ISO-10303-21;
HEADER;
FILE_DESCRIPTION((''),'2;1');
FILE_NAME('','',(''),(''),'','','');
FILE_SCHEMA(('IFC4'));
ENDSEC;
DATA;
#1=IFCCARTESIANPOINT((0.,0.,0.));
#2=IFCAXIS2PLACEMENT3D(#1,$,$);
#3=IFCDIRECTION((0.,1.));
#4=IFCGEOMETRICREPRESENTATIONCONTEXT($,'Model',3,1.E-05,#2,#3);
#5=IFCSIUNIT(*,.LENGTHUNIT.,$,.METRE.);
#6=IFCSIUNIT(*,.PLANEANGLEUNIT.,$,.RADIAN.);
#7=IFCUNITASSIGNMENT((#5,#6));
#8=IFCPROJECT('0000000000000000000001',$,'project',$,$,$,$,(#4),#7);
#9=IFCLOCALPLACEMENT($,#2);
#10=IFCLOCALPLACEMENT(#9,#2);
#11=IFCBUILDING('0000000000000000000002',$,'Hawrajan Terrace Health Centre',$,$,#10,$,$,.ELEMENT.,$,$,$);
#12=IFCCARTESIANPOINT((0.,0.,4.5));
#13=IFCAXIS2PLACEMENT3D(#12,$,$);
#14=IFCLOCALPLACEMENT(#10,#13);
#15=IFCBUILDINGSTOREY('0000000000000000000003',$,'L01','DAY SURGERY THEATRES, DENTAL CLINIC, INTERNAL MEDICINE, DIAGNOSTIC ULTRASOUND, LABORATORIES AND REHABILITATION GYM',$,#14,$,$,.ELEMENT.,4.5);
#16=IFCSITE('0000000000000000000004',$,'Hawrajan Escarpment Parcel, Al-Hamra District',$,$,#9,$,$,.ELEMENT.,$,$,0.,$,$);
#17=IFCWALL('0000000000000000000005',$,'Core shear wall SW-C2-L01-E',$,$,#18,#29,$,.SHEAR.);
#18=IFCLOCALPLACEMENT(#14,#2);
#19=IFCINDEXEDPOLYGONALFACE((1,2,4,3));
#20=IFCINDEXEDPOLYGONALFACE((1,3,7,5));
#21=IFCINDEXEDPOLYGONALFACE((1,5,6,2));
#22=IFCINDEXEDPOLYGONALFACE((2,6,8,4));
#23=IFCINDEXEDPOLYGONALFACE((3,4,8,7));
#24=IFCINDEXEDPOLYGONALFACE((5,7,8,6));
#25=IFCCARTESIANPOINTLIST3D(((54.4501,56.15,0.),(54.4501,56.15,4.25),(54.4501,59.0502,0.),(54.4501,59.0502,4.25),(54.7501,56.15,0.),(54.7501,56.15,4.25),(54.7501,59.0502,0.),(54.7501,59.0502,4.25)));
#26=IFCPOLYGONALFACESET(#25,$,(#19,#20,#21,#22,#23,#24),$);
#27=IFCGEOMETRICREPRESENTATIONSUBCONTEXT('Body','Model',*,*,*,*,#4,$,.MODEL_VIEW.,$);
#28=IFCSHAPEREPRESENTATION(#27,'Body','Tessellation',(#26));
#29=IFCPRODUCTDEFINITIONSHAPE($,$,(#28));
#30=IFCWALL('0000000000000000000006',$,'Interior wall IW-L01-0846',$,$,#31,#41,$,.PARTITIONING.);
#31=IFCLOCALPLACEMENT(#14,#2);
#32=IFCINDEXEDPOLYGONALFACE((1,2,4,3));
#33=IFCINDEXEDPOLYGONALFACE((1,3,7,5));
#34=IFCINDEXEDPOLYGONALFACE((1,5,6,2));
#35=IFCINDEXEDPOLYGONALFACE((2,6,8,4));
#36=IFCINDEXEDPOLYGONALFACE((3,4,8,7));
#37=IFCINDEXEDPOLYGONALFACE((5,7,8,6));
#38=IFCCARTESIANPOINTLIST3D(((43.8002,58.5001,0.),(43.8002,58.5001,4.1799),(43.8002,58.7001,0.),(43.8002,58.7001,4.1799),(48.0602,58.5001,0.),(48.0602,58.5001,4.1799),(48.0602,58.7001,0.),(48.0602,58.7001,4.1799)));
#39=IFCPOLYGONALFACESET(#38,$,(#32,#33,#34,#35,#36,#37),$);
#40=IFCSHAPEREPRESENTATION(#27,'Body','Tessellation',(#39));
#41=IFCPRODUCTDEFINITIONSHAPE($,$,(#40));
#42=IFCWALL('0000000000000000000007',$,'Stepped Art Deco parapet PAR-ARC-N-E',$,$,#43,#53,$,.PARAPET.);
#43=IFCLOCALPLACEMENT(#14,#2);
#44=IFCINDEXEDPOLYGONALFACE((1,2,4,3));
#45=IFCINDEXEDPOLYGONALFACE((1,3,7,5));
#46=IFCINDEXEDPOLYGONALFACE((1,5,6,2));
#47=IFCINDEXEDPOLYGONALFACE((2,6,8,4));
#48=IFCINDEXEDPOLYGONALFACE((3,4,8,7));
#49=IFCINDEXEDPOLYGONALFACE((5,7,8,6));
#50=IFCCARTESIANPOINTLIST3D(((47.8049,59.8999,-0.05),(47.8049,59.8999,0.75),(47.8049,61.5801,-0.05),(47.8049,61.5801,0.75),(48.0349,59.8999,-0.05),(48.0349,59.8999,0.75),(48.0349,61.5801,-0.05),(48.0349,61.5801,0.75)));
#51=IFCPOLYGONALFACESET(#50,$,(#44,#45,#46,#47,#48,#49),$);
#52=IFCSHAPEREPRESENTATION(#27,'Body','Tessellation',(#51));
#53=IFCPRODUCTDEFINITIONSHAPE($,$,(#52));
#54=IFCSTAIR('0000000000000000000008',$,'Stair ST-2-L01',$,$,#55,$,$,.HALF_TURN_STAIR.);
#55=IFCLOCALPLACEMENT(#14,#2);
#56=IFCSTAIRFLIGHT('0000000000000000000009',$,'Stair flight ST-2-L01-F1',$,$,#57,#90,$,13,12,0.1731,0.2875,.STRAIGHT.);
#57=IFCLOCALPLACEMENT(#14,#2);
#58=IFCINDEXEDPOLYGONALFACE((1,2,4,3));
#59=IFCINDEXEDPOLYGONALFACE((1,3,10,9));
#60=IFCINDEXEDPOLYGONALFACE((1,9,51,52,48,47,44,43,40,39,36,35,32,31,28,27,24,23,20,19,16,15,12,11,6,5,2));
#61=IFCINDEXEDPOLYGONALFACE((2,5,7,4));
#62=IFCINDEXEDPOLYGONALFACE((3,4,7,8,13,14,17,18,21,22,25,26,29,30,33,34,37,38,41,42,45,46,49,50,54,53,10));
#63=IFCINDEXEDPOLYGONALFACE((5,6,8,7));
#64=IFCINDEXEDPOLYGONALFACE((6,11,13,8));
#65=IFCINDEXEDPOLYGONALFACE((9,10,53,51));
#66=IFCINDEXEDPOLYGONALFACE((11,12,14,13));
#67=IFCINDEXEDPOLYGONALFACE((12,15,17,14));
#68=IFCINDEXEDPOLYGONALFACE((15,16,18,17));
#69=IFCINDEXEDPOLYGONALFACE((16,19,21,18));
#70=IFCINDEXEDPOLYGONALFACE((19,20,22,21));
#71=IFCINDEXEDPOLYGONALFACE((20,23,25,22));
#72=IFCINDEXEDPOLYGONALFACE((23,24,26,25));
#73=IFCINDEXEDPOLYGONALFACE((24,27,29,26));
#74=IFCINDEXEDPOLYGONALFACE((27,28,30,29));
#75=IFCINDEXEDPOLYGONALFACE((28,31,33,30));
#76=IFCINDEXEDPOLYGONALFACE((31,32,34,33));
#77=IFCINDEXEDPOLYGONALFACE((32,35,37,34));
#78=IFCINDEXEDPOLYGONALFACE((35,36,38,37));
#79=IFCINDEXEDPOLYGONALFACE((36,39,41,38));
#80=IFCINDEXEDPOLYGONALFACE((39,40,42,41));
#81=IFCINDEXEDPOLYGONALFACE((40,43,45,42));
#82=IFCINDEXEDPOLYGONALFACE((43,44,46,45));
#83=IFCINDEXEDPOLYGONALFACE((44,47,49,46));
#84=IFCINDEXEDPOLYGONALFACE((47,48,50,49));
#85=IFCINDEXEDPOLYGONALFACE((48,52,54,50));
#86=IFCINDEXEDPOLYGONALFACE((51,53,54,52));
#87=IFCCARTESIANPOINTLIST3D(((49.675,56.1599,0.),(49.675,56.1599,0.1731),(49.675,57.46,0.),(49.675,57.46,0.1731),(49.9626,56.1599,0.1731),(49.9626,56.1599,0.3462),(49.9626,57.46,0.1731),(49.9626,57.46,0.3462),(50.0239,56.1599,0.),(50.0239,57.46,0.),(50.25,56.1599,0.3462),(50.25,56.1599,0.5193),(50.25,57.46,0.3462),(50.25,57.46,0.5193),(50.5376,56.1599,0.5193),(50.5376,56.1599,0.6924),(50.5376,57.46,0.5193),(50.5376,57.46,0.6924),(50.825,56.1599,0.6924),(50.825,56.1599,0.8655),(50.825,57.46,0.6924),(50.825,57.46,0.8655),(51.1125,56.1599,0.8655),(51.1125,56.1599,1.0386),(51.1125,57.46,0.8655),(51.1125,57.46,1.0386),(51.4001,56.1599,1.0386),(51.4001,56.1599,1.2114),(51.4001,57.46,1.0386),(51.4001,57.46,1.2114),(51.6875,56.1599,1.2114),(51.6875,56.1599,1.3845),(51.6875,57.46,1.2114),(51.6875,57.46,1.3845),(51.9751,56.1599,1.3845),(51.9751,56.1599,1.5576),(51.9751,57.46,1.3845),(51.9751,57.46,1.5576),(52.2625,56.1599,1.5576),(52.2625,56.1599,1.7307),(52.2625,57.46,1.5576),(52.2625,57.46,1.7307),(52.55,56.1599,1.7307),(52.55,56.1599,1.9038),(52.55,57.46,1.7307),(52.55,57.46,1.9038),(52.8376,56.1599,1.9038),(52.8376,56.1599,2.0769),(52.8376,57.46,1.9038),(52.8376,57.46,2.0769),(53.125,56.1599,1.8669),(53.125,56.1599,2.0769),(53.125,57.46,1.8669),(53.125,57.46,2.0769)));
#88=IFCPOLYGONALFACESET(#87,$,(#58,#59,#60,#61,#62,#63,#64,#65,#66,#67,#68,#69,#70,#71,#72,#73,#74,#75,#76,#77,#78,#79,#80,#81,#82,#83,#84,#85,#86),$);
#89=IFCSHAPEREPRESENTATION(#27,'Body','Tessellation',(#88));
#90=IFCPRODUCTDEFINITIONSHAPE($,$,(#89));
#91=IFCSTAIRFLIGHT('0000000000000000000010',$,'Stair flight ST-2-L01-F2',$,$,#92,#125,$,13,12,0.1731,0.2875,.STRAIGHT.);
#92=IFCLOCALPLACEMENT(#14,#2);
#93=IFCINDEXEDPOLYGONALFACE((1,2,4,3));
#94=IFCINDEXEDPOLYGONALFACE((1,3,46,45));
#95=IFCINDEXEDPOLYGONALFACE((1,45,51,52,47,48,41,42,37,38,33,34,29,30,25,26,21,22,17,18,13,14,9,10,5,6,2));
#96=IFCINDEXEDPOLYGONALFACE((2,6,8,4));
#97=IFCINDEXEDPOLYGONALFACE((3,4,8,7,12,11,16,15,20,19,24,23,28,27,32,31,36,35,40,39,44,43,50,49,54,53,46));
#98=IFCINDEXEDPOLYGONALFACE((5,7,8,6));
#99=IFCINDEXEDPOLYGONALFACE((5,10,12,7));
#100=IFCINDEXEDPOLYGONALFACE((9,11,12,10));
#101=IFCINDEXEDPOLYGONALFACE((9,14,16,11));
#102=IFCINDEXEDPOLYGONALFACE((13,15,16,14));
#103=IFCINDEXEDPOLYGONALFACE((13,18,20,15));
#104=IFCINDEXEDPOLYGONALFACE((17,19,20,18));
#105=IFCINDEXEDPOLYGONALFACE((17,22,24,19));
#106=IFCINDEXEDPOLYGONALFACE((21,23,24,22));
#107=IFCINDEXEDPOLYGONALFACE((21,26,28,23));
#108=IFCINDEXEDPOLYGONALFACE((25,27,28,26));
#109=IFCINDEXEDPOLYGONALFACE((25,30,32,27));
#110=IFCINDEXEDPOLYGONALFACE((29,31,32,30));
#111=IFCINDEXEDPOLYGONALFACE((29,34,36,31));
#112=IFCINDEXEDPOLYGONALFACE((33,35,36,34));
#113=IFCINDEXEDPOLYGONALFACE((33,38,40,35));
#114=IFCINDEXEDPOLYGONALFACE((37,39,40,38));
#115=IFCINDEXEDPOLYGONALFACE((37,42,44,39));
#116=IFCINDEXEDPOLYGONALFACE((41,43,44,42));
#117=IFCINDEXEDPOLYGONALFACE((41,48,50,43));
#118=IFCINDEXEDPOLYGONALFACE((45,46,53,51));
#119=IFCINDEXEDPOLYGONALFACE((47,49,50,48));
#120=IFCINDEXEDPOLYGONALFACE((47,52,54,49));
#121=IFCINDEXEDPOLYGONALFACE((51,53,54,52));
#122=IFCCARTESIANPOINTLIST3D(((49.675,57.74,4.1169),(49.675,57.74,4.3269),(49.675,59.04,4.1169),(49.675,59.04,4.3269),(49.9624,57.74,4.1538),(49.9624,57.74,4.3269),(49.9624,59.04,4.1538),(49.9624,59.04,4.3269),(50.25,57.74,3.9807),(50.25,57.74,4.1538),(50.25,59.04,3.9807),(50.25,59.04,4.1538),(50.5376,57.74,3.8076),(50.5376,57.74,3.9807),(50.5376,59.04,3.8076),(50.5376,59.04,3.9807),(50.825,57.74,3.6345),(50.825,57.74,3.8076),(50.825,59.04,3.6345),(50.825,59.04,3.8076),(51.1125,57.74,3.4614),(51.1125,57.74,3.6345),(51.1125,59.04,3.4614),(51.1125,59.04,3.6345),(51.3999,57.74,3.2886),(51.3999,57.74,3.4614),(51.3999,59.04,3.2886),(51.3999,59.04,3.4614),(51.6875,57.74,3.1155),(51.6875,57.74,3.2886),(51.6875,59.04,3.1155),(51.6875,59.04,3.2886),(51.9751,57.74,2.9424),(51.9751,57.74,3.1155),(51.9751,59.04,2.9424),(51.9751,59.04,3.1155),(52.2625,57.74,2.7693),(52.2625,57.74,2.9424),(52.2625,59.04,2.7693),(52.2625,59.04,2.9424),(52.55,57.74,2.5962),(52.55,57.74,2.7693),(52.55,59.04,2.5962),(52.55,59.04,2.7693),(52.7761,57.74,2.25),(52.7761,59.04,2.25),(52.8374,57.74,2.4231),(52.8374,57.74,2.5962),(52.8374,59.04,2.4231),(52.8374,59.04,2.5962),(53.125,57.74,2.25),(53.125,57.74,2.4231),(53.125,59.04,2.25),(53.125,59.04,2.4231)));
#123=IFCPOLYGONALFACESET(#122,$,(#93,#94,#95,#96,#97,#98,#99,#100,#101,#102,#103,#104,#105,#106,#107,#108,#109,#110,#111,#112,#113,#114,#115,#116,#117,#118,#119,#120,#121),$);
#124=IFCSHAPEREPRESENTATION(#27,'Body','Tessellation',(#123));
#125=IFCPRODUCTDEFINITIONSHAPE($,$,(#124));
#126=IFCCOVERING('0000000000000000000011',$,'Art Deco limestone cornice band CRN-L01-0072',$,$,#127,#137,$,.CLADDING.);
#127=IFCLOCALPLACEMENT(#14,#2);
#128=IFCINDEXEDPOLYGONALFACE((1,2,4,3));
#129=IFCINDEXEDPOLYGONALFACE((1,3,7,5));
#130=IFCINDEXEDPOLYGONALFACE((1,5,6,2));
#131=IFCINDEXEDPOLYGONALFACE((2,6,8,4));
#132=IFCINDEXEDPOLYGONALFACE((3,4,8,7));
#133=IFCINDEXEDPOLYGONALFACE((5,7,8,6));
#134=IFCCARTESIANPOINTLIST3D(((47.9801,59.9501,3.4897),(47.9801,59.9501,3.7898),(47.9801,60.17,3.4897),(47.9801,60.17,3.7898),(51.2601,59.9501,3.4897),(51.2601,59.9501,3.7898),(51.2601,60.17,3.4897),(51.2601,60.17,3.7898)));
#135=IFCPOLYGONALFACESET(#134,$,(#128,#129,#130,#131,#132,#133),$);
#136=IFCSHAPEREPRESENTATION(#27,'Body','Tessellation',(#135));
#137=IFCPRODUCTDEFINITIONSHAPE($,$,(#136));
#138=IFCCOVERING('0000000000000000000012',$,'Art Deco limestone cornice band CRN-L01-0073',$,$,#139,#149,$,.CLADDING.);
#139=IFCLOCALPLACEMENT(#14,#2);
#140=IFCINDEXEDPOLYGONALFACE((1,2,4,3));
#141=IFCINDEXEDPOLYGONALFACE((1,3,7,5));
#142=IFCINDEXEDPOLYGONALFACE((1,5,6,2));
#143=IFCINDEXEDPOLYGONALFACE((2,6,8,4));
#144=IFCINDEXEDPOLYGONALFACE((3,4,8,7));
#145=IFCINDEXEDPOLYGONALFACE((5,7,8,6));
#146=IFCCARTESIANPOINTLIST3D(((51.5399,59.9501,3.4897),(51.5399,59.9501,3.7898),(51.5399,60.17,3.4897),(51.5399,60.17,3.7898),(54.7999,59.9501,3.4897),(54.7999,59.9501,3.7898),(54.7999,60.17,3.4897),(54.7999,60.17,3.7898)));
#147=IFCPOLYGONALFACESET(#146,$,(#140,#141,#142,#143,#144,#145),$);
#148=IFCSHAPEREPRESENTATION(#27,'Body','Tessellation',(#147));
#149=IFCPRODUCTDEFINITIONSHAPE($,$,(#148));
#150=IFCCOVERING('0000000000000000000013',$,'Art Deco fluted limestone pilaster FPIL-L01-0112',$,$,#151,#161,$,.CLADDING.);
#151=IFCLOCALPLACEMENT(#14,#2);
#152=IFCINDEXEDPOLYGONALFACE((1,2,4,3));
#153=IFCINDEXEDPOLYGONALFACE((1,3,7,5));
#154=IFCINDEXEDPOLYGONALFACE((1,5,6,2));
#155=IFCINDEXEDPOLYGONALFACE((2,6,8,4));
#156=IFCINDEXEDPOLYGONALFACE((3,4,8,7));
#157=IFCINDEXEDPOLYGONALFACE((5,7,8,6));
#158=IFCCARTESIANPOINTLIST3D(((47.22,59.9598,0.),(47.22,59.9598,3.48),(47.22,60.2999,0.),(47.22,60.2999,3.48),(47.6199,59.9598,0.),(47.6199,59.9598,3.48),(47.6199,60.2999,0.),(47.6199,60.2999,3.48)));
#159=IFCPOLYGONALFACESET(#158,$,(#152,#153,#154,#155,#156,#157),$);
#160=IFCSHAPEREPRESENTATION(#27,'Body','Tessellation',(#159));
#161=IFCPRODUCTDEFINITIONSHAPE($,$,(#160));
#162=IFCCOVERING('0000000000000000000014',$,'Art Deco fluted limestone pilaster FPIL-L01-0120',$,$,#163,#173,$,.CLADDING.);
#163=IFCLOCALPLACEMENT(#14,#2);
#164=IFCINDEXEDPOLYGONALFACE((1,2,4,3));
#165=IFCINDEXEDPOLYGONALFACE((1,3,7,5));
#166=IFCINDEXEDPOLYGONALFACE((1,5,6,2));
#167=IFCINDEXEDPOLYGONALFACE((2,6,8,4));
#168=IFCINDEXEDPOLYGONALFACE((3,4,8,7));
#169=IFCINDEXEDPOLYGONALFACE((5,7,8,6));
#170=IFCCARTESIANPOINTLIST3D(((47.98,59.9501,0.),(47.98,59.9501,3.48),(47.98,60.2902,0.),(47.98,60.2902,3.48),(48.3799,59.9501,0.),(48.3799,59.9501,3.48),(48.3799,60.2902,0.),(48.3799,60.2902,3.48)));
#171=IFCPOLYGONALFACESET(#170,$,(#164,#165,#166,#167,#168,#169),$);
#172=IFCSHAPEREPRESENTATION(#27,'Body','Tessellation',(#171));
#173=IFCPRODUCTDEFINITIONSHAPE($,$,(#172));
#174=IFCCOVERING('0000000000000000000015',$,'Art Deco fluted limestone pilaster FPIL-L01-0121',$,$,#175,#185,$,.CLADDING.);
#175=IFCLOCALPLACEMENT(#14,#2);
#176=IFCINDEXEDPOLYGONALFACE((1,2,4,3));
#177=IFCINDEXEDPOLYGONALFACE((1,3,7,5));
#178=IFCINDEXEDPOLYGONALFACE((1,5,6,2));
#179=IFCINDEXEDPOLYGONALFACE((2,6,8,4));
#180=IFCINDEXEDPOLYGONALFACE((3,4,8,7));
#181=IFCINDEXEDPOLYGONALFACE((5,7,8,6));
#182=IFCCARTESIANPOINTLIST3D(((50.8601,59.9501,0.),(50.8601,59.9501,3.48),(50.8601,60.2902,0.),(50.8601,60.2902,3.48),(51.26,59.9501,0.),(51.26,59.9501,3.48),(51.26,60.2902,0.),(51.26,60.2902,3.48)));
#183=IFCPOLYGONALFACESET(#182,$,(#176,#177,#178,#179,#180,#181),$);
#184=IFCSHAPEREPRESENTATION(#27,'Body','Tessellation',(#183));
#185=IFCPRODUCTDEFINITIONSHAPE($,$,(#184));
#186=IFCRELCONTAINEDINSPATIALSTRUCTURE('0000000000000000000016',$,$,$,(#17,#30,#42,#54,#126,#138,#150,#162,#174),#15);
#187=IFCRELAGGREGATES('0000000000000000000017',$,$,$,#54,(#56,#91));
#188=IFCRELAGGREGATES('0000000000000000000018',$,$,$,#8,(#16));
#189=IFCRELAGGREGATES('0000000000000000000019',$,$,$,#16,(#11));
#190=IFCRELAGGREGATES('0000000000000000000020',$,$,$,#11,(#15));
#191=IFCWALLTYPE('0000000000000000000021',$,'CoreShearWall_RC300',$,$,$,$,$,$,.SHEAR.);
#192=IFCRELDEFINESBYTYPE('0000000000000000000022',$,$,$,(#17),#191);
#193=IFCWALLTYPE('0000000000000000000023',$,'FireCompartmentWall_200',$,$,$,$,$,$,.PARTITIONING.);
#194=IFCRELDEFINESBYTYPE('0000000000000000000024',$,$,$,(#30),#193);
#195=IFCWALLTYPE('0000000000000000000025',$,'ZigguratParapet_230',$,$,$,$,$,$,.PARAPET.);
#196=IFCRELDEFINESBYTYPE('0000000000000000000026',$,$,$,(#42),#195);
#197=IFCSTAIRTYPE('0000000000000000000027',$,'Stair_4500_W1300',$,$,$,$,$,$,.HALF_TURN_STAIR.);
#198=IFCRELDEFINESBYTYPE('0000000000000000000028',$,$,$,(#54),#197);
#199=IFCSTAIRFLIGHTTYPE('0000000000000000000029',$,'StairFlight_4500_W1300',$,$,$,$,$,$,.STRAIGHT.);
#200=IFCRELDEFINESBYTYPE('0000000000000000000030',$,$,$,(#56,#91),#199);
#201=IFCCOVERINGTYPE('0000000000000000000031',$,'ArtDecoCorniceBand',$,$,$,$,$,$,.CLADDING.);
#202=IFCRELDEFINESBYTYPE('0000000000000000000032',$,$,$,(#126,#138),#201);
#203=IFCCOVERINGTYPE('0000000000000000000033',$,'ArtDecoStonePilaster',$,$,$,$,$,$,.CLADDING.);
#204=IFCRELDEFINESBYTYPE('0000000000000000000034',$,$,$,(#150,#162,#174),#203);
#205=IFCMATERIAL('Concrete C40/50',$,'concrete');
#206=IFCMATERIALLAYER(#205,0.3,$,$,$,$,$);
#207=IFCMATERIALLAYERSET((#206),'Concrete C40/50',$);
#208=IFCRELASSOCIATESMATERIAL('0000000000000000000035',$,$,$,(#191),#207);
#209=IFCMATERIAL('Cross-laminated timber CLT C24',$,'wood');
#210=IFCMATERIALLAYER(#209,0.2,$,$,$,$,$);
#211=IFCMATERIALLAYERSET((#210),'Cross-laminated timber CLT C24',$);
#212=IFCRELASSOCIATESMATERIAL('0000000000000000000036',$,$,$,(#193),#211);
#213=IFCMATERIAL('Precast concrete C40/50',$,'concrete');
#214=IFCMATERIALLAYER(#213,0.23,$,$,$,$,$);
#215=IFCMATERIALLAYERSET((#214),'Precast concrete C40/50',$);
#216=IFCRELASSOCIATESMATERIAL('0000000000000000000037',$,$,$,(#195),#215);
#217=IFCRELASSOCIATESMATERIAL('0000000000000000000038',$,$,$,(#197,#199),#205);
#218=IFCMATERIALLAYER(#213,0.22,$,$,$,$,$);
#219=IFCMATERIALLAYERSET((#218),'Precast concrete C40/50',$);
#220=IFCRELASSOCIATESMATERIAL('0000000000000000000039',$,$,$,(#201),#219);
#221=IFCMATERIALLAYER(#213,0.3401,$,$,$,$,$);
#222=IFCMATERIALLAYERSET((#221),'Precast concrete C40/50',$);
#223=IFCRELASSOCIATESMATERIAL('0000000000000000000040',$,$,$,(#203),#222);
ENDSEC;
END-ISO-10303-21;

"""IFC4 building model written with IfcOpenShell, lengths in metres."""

from ifc_helpers import new_model, si_unit, direction, frame, frame_2d, origin, origin_2d, place, context, subcontext, project, spatial, polyline, rectangle, outline, extrude, material, layer, layer_set, type_object, element, aggregate, save


model = new_model("IFC4")

# Units and contexts
model_context = context("Model", 3, precision=1e-05, world=origin(), true_north=direction((0.0, 1.0)))
body_context = subcontext(model_context, "Body", "Model", "MODEL_VIEW")
ifc_project = project(units=[si_unit("LENGTHUNIT", "METRE"), si_unit("PLANEANGLEUNIT", "RADIAN")], contexts=[model_context])

# Site, building, storey
site_placement = place(None, origin())
site = spatial("IfcSite", under=ifc_project, at=site_placement, Name="Hawrajan Escarpment Parcel, Al-Hamra District", CompositionType="ELEMENT", RefElevation=0.0)
building_placement = place(site_placement, origin())
building = spatial("IfcBuilding", under=site, at=building_placement, Name="Hawrajan Terrace Health Centre", CompositionType="ELEMENT")
storey_placement = place(building_placement, frame((0.0, 0.0, 4.5)))
storey = spatial("IfcBuildingStorey", under=building, at=storey_placement, Name="L01", Description="DAY SURGERY THEATRES, DENTAL CLINIC, INTERNAL MEDICINE, DIAGNOSTIC ULTRASOUND, LABORATORIES AND REHABILITATION GYM", CompositionType="ELEMENT", Elevation=4.5)

# Shared definitions
ifc_material_1 = material(Name="Concrete C40/50", Category="concrete")

# Shared definitions
ifc_material_2 = material(Name="Precast concrete C40/50", Category="concrete")

# Shared definitions
ifc_layer_1 = layer(ifc_material_1, 0.3)
ifc_layer_set_1 = layer_set([ifc_layer_1], Name="Concrete C40/50")
wall_type_1 = type_object("IfcWallType", Name="CoreShearWall_RC300", PredefinedType="SHEAR", material=ifc_layer_set_1)

# Walls
wall_1_placement = place(storey_placement, frame((54.6001, 56.1499, 0.0), z_axis=(0.0, 0.0, 1.0), x_axis=(0.0, 1.0, 0.0)))
element("IfcWall", 1, at=wall_1_placement, inside=storey, type_object=wall_type_1, Name="Core shear wall SW-C2-L01-E", PredefinedType="SHEAR", context=body_context, shape_type="SweptSolid", body=[
    extrude(rectangle(XDim=2.9001, YDim=0.3, at=frame_2d((1.4502, 0.0))), origin(), (0.0, 0.0, 1.0), 4.25),
])
ifc_material_3 = material(Name="Cross-laminated timber CLT C24", Category="wood")
ifc_layer_2 = layer(ifc_material_3, 0.2)
ifc_layer_set_2 = layer_set([ifc_layer_2], Name="Cross-laminated timber CLT C24")
wall_type_2 = type_object("IfcWallType", Name="FireCompartmentWall_200", PredefinedType="PARTITIONING", material=ifc_layer_set_2)
wall_2_placement = place(storey_placement, frame((48.0601, 58.6001, 0.0), z_axis=(0.0, 0.0, 1.0), x_axis=(-1.0, 0.0, 0.0)))
element("IfcWall", 2, at=wall_2_placement, inside=storey, type_object=wall_type_2, Name="Interior wall IW-L01-0846", PredefinedType="PARTITIONING", context=body_context, shape_type="SweptSolid", body=[
    extrude(rectangle(XDim=4.26, YDim=0.2, at=frame_2d((2.1299, 0.0))), origin(), (0.0, 0.0, 1.0), 4.1799),
])
ifc_layer_3 = layer(ifc_material_2, 0.23)
ifc_layer_set_3 = layer_set([ifc_layer_3], Name="Precast concrete C40/50")
wall_type_3 = type_object("IfcWallType", Name="ZigguratParapet_230", PredefinedType="PARAPET", material=ifc_layer_set_3)
wall_3_placement = place(storey_placement, frame((47.9199, 59.8999, -0.05), z_axis=(0.0, 0.0, 1.0), x_axis=(0.0, 1.0, 0.0)))
element("IfcWall", 3, at=wall_3_placement, inside=storey, type_object=wall_type_3, Name="Stepped Art Deco parapet PAR-ARC-N-E", PredefinedType="PARAPET", context=body_context, shape_type="SweptSolid", body=[
    extrude(rectangle(XDim=1.6802, YDim=0.23, at=frame_2d((0.8401, 0.0))), origin(), (0.0, 0.0, 1.0), 0.8),
])

# Stair, stair flights
stair_type = type_object("IfcStairType", Name="Stair_4500_W1300", PredefinedType="HALF_TURN_STAIR", material=ifc_material_1)
stair_placement = place(storey_placement, origin())
stair = element("IfcStair", 4, at=stair_placement, inside=storey, type_object=stair_type, Name="Stair ST-2-L01", PredefinedType="HALF_TURN_STAIR")
stair_flight_type = type_object("IfcStairFlightType", Name="StairFlight_4500_W1300", PredefinedType="STRAIGHT", material=ifc_material_1)
stair_flight_1_placement = place(storey_placement, frame((49.675, 56.8101, 0.0), z_axis=(0.0, 0.0, 1.0), x_axis=(1.0, 0.0, 0.0)))
stair_flight_1 = element("IfcStairFlight", 5, at=stair_flight_1_placement, type_object=stair_flight_type, Name="Stair flight ST-2-L01-F1", NumberOfRisers=13, NumberOfTreads=12, PredefinedType="STRAIGHT", RiserHeight=0.1731, TreadLength=0.2875, context=body_context, shape_type="SweptSolid", body=[
    extrude(outline(polyline([(0.0, 0.0), (0.0, 0.1731), (0.2876, 0.1731), (0.2876, 0.3462), (0.575, 0.3462), (0.575, 0.5193), (0.8625, 0.5193), (0.8625, 0.6924), (1.1499, 0.6924), (1.1499, 0.8655), (1.4375, 0.8655), (1.4375, 1.0386), (1.7251, 1.0386), (1.7251, 1.2114), (2.0125, 1.2114), (2.0125, 1.3845), (2.3, 1.3845), (2.3, 1.5576), (2.5874, 1.5576), (2.5874, 1.7307), (2.875, 1.7307), (2.875, 1.9038), (3.1626, 1.9038), (3.1626, 2.0769), (3.45, 2.0769), (3.45, 2.25), (3.45, 1.8669), (0.3489, 0.0), (0.0, 0.0)])), frame((0.0, 0.6499, 0.0), z_axis=(0.0, -1.0, 0.0), x_axis=(1.0, 0.0, 0.0)), (0.0, 0.0, 1.0), 1.3),
])
stair_flight_2_placement = place(storey_placement, frame((53.125, 58.3899, 2.25), z_axis=(0.0, 0.0, 1.0), x_axis=(-1.0, 0.0, 0.0)))
stair_flight_2 = element("IfcStairFlight", 6, at=stair_flight_2_placement, type_object=stair_flight_type, Name="Stair flight ST-2-L01-F2", NumberOfRisers=13, NumberOfTreads=12, PredefinedType="STRAIGHT", RiserHeight=0.1731, TreadLength=0.2875, context=body_context, shape_type="SweptSolid", body=[
    extrude(outline(polyline([(0.0, 0.0), (0.0, 0.1731), (0.2876, 0.1731), (0.2876, 0.3462), (0.575, 0.3462), (0.575, 0.5193), (0.8625, 0.5193), (0.8625, 0.6924), (1.1499, 0.6924), (1.1499, 0.8655), (1.4375, 0.8655), (1.4375, 1.0386), (1.7251, 1.0386), (1.7251, 1.2114), (2.0125, 1.2114), (2.0125, 1.3845), (2.3, 1.3845), (2.3, 1.5576), (2.5874, 1.5576), (2.5874, 1.7307), (2.875, 1.7307), (2.875, 1.9038), (3.1626, 1.9038), (3.1626, 2.0769), (3.45, 2.0769), (3.45, 2.25), (3.45, 1.8669), (0.3489, 0.0), (0.0, 0.0)])), frame((0.0, 0.6499, 0.0), z_axis=(0.0, -1.0, 0.0), x_axis=(1.0, 0.0, 0.0)), (0.0, 0.0, 1.0), 1.3),
])
aggregate(stair, [stair_flight_1, stair_flight_2])

# Coverings
ifc_layer_4 = layer(ifc_material_2, 0.22)
ifc_layer_set_4 = layer_set([ifc_layer_4], Name="Precast concrete C40/50")
covering_type_1 = type_object("IfcCoveringType", Name="ArtDecoCorniceBand", PredefinedType="CLADDING", material=ifc_layer_set_4)
covering_1_placement = place(storey_placement, frame((49.6201, 60.0601, 3.4897), z_axis=(0.0, 0.0, 1.0), x_axis=(1.0, 0.0, 0.0)))
element("IfcCovering", 7, at=covering_1_placement, inside=storey, type_object=covering_type_1, Name="Art Deco limestone cornice band CRN-L01-0072", PredefinedType="CLADDING", context=body_context, shape_type="SweptSolid", body=[
    extrude(rectangle(XDim=3.28, YDim=0.22, at=origin_2d()), origin(), (0.0, 0.0, 1.0), 0.3),
])
covering_2_placement = place(storey_placement, frame((53.1699, 60.0601, 3.4897), z_axis=(0.0, 0.0, 1.0), x_axis=(1.0, 0.0, 0.0)))
element("IfcCovering", 8, at=covering_2_placement, inside=storey, type_object=covering_type_1, Name="Art Deco limestone cornice band CRN-L01-0073", PredefinedType="CLADDING", context=body_context, shape_type="SweptSolid", body=[
    extrude(rectangle(XDim=3.26, YDim=0.22, at=origin_2d()), origin(), (0.0, 0.0, 1.0), 0.3),
])
ifc_layer_5 = layer(ifc_material_2, 0.3401)
ifc_layer_set_5 = layer_set([ifc_layer_5], Name="Precast concrete C40/50")
covering_type_2 = type_object("IfcCoveringType", Name="ArtDecoStonePilaster", PredefinedType="CLADDING", material=ifc_layer_set_5)
for number, where, z_axis, x_axis, name in (
    (9, (47.4199, 60.1299, 0.0), (0.0, 0.0, 1.0), (1.0, 0.0, 0.0), "Art Deco fluted limestone pilaster FPIL-L01-0112"),
    (10, (48.1799, 60.1201, 0.0), (0.0, 0.0, 1.0), (1.0, 0.0, 0.0), "Art Deco fluted limestone pilaster FPIL-L01-0120"),
    (11, (51.0601, 60.1201, 0.0), (0.0, 0.0, 1.0), (1.0, 0.0, 0.0), "Art Deco fluted limestone pilaster FPIL-L01-0121"),
):
    element("IfcCovering", number, at=place(storey_placement, frame(where, z_axis=z_axis, x_axis=x_axis)), inside=storey, type_object=covering_type_2, Name=name, PredefinedType="CLADDING", context=body_context, shape_type="SweptSolid", body=[
        extrude(rectangle(XDim=0.3999, YDim=0.3401, at=origin_2d()), origin(), (0.0, 0.0, 1.0), 3.48),
    ])

save(model, "model.ifc")
